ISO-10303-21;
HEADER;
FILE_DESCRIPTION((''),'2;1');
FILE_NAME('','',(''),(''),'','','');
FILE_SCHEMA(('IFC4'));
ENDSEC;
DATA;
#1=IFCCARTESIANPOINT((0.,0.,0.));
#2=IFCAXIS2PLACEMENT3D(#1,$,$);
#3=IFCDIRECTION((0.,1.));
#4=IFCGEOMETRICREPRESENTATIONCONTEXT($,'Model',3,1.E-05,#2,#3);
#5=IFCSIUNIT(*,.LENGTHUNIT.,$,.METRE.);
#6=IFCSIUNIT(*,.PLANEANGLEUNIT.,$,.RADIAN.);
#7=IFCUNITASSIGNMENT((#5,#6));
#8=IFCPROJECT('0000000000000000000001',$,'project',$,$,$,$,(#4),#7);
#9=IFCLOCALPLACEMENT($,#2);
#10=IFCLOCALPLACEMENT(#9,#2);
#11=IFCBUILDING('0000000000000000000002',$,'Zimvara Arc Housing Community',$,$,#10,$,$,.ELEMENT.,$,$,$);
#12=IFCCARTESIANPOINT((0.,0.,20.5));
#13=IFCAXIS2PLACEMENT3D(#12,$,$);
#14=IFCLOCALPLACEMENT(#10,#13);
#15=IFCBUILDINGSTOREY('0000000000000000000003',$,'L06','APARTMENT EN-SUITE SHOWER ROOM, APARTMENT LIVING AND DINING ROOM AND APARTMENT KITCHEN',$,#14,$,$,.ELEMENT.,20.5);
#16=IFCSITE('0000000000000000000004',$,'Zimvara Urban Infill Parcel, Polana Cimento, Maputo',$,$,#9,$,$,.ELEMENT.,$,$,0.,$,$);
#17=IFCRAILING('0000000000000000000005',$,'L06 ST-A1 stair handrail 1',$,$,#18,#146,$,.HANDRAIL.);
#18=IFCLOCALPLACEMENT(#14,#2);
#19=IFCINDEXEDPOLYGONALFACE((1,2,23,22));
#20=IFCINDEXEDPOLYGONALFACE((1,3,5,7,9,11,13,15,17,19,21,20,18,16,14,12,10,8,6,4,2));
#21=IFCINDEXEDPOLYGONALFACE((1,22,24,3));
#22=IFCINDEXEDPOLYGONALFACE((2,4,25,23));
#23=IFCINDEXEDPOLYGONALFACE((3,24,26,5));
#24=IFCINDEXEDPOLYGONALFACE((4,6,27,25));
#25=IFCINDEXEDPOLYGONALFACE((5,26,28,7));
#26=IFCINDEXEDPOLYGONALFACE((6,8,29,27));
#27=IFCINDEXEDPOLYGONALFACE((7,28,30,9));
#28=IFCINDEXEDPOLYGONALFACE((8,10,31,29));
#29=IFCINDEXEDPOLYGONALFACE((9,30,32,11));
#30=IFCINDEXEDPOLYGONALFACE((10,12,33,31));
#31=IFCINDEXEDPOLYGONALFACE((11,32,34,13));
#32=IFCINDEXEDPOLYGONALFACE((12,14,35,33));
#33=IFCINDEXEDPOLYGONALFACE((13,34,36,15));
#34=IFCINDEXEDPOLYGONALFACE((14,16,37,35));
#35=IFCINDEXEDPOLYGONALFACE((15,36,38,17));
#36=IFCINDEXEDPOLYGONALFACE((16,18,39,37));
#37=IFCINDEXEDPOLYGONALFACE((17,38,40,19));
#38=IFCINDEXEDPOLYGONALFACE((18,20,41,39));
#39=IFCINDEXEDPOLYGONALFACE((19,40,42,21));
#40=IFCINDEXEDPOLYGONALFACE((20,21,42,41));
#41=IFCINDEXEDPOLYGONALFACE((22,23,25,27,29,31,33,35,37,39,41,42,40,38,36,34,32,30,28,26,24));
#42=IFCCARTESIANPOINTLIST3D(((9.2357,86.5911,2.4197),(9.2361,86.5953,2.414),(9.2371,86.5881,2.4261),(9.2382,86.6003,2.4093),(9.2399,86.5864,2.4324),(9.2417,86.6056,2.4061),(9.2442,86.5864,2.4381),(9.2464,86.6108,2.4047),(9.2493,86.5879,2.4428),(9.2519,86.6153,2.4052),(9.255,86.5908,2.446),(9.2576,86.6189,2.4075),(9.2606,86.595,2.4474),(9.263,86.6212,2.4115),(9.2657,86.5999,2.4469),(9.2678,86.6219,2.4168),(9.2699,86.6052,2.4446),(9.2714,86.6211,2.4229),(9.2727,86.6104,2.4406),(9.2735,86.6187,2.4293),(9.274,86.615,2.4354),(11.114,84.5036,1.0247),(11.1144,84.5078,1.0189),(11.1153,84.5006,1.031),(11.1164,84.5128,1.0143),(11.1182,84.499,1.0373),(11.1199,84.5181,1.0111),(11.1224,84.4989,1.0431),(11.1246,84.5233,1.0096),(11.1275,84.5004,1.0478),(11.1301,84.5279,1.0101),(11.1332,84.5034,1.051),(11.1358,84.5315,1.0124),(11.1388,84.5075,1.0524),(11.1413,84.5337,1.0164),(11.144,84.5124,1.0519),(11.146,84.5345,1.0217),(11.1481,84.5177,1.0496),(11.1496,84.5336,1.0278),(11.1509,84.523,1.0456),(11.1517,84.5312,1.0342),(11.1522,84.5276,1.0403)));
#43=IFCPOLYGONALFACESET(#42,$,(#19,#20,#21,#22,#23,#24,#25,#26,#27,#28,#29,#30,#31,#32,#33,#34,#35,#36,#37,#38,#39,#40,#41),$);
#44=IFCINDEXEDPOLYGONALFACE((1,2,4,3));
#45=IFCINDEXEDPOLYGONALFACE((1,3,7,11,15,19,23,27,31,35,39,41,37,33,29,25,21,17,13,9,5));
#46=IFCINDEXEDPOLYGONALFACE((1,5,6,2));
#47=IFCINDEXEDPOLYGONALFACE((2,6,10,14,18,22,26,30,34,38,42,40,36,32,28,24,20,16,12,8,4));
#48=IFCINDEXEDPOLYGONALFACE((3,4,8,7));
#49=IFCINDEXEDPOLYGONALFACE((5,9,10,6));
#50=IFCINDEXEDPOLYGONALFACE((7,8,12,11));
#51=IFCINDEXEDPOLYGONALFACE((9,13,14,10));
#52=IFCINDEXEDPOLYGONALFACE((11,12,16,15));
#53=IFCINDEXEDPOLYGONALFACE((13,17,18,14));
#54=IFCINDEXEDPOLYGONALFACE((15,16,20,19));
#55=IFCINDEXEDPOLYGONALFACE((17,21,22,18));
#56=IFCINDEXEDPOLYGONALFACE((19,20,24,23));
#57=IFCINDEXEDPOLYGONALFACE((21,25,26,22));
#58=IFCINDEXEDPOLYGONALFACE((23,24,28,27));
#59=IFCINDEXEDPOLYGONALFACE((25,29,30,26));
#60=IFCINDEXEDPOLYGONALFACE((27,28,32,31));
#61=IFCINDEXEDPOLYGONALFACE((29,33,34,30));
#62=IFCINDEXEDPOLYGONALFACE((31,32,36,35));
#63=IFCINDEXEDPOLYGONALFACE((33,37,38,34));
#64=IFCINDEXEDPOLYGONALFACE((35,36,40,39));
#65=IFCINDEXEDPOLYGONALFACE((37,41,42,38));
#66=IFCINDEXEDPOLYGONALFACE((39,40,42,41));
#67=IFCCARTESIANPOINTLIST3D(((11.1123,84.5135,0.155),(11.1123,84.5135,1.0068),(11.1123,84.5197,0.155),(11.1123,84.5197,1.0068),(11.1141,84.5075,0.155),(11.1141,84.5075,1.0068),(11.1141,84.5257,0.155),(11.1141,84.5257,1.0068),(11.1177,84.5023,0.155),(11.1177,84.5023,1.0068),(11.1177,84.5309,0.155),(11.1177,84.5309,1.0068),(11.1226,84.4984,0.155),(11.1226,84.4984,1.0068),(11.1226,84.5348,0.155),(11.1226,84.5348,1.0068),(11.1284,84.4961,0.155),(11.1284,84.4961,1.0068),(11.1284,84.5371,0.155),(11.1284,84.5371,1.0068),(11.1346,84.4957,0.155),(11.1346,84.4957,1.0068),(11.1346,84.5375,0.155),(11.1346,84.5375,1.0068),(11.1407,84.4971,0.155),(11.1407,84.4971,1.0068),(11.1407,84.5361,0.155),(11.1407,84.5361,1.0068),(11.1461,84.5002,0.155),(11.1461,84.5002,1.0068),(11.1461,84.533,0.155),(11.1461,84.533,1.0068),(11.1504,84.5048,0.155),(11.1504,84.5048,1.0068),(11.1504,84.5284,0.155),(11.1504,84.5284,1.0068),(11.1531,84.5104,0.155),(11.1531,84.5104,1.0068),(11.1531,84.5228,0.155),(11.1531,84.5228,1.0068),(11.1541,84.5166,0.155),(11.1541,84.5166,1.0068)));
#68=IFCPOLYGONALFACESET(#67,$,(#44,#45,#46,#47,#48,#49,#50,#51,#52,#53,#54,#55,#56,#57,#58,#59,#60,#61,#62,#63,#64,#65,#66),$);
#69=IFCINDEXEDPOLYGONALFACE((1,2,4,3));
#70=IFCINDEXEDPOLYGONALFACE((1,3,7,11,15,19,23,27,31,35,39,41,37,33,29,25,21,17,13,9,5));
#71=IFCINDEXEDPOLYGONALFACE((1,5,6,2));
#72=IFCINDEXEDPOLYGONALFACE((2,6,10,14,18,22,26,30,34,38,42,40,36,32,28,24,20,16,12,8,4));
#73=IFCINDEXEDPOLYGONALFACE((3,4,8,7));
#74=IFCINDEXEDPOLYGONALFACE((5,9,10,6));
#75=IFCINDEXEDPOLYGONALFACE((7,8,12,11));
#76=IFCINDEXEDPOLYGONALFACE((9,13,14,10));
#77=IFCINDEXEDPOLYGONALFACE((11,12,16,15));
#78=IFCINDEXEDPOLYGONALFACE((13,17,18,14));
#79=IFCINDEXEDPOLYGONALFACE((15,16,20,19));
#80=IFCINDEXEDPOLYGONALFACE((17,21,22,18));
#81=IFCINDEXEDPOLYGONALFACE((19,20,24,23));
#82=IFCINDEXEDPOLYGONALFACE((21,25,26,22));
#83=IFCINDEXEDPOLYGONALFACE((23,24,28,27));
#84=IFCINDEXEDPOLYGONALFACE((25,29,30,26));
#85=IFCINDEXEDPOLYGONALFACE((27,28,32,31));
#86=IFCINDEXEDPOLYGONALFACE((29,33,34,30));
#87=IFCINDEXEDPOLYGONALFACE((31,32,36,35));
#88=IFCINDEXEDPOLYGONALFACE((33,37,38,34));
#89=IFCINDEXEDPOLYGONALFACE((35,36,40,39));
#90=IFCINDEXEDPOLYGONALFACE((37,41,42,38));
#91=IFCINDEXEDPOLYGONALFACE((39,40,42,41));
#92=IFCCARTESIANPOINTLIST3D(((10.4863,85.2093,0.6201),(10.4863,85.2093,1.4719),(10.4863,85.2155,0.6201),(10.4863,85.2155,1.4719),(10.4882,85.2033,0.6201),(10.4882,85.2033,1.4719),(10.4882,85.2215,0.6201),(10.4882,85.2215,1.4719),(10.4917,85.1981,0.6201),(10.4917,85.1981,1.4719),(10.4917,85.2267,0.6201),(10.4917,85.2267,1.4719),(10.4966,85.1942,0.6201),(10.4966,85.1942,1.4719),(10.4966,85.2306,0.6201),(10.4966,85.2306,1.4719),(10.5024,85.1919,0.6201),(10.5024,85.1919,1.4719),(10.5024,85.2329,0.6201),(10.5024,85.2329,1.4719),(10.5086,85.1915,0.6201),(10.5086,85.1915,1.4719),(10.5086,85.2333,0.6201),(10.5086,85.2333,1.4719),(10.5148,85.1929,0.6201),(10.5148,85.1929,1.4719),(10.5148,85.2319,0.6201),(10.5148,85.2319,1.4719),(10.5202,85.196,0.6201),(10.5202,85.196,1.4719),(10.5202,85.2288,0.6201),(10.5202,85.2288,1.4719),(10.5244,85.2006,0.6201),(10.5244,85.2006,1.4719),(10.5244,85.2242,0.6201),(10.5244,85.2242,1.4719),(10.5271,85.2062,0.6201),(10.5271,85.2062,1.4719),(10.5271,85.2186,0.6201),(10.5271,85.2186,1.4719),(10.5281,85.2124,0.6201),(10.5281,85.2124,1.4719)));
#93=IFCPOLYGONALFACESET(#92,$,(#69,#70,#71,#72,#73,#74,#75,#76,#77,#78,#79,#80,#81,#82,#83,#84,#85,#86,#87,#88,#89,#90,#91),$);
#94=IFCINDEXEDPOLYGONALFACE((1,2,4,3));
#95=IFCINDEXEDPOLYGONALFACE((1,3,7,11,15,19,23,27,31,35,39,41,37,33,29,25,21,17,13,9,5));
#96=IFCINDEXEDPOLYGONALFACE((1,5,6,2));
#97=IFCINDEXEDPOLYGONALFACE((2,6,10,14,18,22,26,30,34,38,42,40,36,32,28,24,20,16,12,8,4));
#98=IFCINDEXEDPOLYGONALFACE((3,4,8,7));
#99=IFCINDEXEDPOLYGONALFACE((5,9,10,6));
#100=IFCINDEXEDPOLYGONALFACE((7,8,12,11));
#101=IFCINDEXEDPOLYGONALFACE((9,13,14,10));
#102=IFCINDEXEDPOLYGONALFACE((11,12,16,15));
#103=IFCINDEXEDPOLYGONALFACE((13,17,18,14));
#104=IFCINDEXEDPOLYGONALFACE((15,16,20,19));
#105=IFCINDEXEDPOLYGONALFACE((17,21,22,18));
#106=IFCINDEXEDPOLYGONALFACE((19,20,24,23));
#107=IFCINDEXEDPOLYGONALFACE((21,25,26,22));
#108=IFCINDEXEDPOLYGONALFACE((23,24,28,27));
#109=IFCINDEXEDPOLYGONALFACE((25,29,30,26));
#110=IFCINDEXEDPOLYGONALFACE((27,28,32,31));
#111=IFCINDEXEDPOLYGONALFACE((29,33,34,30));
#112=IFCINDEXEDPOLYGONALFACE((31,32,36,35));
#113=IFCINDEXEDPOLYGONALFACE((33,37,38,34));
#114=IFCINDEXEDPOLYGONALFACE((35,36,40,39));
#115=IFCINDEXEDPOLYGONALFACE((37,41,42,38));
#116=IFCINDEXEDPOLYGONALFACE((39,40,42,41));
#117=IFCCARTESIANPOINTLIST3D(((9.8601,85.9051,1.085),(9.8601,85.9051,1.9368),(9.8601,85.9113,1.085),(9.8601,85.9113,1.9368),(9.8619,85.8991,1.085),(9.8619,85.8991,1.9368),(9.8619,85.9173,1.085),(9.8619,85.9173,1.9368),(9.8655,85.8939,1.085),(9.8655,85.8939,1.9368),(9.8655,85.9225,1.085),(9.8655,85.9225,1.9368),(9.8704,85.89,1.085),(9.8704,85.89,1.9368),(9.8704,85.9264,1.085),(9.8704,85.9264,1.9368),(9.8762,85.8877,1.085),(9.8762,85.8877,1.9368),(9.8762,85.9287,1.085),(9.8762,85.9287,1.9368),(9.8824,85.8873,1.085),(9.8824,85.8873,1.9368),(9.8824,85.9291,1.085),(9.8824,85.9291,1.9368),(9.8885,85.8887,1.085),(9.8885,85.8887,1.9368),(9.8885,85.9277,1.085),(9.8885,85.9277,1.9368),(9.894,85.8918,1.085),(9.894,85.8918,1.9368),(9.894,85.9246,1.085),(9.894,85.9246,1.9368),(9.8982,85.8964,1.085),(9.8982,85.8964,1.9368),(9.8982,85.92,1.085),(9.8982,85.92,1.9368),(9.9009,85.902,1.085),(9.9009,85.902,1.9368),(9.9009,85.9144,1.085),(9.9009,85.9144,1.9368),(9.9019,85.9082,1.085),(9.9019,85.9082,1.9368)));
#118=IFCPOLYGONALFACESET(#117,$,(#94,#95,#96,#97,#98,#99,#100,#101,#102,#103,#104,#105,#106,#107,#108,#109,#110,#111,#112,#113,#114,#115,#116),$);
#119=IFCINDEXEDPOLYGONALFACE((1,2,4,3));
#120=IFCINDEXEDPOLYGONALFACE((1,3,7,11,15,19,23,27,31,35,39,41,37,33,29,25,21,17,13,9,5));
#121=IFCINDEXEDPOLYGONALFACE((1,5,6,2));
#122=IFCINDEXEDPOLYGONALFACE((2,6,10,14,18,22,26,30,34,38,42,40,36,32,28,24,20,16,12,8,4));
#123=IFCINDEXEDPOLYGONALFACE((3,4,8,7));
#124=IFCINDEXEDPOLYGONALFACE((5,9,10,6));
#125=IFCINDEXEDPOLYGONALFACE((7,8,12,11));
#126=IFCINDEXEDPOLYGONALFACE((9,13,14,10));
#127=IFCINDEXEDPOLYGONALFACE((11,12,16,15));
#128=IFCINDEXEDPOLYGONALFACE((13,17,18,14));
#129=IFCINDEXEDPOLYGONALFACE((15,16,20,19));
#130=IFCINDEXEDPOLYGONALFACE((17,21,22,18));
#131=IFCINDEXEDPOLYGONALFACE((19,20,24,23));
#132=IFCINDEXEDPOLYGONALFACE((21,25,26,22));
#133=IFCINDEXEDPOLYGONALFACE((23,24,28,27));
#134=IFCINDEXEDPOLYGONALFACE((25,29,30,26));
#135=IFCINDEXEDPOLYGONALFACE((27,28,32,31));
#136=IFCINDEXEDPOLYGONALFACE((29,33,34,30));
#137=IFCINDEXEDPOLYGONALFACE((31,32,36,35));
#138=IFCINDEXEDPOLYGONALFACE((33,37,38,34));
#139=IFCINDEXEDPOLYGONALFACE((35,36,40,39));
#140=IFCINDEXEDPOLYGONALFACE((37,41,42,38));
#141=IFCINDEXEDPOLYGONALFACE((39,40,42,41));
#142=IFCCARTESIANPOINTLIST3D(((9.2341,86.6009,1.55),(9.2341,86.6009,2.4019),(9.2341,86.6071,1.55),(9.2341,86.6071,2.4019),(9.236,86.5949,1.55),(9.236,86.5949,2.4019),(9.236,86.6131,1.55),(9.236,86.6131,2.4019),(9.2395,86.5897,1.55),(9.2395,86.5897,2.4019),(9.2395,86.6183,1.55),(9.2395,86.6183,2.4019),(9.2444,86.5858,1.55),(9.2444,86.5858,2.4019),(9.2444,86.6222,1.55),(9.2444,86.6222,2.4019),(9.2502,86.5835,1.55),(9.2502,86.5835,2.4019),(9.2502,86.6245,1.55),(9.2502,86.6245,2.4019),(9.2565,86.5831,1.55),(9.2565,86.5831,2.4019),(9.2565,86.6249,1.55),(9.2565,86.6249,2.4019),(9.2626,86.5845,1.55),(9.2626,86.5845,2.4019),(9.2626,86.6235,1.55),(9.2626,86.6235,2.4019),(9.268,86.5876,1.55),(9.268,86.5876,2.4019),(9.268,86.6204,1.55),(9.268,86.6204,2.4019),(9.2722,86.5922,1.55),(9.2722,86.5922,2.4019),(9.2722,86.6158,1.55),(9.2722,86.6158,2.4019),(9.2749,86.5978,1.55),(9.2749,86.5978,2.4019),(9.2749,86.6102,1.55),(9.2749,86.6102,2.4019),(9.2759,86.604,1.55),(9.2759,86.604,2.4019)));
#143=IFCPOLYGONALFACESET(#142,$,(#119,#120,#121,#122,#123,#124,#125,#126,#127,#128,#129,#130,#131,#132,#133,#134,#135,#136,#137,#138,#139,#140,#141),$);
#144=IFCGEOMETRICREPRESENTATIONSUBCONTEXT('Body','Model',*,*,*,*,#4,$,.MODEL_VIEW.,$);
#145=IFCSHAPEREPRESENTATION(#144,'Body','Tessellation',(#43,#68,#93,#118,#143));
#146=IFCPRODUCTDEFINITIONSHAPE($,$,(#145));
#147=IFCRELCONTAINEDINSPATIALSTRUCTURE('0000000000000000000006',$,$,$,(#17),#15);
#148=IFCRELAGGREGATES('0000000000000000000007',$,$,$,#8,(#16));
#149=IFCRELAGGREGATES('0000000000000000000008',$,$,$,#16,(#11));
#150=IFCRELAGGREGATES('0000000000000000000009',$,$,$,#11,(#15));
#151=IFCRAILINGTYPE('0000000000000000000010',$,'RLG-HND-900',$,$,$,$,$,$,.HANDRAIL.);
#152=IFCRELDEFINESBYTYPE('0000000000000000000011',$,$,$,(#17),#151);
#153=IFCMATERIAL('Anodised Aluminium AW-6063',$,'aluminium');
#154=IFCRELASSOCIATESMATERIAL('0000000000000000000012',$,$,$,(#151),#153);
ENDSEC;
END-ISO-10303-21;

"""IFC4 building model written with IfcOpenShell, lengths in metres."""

from ifc_helpers import new_model, si_unit, direction, frame, origin, origin_2d, place, context, subcontext, project, spatial, circle, extrude, material, type_object, element, save


model = new_model("IFC4")

# Units and contexts
model_context = context("Model", 3, precision=1e-05, world=origin(), true_north=direction((0.0, 1.0)))
body_context = subcontext(model_context, "Body", "Model", "MODEL_VIEW")
ifc_project = project(units=[si_unit("LENGTHUNIT", "METRE"), si_unit("PLANEANGLEUNIT", "RADIAN")], contexts=[model_context])

# Site, building, storey
site_placement = place(None, origin())
site = spatial("IfcSite", under=ifc_project, at=site_placement, Name="Zimvara Urban Infill Parcel, Polana Cimento, Maputo", CompositionType="ELEMENT", RefElevation=0.0)
building_placement = place(site_placement, origin())
building = spatial("IfcBuilding", under=site, at=building_placement, Name="Zimvara Arc Housing Community", CompositionType="ELEMENT")
storey_placement = place(building_placement, frame((0.0, 0.0, 20.5)))
storey = spatial("IfcBuildingStorey", under=building, at=storey_placement, Name="L06", Description="APARTMENT EN-SUITE SHOWER ROOM, APARTMENT LIVING AND DINING ROOM AND APARTMENT KITCHEN", CompositionType="ELEMENT", Elevation=20.5)

# Railing
ifc_material_1 = material(Name="Anodised Aluminium AW-6063", Category="aluminium")
railing_type_1 = type_object("IfcRailingType", Name="RLG-HND-900", PredefinedType="HANDRAIL", material=ifc_material_1)
railing_1_placement = place(storey_placement, frame((11.1331, 84.5166, 0.155)))
element("IfcRailing", 1, at=railing_1_placement, inside=storey, type_object=railing_type_1, Name="L06 ST-A1 stair handrail 1", PredefinedType="HANDRAIL", context=body_context, shape_type="SweptSolid", body=[
    extrude(circle(Radius=0.0239, at=origin_2d()), frame((0.0, 0.0, 0.876), z_axis=(-0.599018, 0.665749, 0.444923), x_axis=(-0.743381, -0.668869, 0.0)), (0.0, 0.0, 1.0), 3.1355),
    extrude(circle(Radius=0.021, at=origin_2d()), origin(), (0.0, 0.0, 1.0), 0.8518),
    extrude(circle(Radius=0.021, at=origin_2d()), frame((-0.626, 0.6958, 0.4651)), (0.0, 0.0, 1.0), 0.8518),
    extrude(circle(Radius=0.021, at=origin_2d()), frame((-1.2522, 1.3916, 0.9299)), (0.0, 0.0, 1.0), 0.8518),
    extrude(circle(Radius=0.021, at=origin_2d()), frame((-1.8782, 2.0874, 1.395)), (0.0, 0.0, 1.0), 0.8518),
])

save(model, "model.ifc")
